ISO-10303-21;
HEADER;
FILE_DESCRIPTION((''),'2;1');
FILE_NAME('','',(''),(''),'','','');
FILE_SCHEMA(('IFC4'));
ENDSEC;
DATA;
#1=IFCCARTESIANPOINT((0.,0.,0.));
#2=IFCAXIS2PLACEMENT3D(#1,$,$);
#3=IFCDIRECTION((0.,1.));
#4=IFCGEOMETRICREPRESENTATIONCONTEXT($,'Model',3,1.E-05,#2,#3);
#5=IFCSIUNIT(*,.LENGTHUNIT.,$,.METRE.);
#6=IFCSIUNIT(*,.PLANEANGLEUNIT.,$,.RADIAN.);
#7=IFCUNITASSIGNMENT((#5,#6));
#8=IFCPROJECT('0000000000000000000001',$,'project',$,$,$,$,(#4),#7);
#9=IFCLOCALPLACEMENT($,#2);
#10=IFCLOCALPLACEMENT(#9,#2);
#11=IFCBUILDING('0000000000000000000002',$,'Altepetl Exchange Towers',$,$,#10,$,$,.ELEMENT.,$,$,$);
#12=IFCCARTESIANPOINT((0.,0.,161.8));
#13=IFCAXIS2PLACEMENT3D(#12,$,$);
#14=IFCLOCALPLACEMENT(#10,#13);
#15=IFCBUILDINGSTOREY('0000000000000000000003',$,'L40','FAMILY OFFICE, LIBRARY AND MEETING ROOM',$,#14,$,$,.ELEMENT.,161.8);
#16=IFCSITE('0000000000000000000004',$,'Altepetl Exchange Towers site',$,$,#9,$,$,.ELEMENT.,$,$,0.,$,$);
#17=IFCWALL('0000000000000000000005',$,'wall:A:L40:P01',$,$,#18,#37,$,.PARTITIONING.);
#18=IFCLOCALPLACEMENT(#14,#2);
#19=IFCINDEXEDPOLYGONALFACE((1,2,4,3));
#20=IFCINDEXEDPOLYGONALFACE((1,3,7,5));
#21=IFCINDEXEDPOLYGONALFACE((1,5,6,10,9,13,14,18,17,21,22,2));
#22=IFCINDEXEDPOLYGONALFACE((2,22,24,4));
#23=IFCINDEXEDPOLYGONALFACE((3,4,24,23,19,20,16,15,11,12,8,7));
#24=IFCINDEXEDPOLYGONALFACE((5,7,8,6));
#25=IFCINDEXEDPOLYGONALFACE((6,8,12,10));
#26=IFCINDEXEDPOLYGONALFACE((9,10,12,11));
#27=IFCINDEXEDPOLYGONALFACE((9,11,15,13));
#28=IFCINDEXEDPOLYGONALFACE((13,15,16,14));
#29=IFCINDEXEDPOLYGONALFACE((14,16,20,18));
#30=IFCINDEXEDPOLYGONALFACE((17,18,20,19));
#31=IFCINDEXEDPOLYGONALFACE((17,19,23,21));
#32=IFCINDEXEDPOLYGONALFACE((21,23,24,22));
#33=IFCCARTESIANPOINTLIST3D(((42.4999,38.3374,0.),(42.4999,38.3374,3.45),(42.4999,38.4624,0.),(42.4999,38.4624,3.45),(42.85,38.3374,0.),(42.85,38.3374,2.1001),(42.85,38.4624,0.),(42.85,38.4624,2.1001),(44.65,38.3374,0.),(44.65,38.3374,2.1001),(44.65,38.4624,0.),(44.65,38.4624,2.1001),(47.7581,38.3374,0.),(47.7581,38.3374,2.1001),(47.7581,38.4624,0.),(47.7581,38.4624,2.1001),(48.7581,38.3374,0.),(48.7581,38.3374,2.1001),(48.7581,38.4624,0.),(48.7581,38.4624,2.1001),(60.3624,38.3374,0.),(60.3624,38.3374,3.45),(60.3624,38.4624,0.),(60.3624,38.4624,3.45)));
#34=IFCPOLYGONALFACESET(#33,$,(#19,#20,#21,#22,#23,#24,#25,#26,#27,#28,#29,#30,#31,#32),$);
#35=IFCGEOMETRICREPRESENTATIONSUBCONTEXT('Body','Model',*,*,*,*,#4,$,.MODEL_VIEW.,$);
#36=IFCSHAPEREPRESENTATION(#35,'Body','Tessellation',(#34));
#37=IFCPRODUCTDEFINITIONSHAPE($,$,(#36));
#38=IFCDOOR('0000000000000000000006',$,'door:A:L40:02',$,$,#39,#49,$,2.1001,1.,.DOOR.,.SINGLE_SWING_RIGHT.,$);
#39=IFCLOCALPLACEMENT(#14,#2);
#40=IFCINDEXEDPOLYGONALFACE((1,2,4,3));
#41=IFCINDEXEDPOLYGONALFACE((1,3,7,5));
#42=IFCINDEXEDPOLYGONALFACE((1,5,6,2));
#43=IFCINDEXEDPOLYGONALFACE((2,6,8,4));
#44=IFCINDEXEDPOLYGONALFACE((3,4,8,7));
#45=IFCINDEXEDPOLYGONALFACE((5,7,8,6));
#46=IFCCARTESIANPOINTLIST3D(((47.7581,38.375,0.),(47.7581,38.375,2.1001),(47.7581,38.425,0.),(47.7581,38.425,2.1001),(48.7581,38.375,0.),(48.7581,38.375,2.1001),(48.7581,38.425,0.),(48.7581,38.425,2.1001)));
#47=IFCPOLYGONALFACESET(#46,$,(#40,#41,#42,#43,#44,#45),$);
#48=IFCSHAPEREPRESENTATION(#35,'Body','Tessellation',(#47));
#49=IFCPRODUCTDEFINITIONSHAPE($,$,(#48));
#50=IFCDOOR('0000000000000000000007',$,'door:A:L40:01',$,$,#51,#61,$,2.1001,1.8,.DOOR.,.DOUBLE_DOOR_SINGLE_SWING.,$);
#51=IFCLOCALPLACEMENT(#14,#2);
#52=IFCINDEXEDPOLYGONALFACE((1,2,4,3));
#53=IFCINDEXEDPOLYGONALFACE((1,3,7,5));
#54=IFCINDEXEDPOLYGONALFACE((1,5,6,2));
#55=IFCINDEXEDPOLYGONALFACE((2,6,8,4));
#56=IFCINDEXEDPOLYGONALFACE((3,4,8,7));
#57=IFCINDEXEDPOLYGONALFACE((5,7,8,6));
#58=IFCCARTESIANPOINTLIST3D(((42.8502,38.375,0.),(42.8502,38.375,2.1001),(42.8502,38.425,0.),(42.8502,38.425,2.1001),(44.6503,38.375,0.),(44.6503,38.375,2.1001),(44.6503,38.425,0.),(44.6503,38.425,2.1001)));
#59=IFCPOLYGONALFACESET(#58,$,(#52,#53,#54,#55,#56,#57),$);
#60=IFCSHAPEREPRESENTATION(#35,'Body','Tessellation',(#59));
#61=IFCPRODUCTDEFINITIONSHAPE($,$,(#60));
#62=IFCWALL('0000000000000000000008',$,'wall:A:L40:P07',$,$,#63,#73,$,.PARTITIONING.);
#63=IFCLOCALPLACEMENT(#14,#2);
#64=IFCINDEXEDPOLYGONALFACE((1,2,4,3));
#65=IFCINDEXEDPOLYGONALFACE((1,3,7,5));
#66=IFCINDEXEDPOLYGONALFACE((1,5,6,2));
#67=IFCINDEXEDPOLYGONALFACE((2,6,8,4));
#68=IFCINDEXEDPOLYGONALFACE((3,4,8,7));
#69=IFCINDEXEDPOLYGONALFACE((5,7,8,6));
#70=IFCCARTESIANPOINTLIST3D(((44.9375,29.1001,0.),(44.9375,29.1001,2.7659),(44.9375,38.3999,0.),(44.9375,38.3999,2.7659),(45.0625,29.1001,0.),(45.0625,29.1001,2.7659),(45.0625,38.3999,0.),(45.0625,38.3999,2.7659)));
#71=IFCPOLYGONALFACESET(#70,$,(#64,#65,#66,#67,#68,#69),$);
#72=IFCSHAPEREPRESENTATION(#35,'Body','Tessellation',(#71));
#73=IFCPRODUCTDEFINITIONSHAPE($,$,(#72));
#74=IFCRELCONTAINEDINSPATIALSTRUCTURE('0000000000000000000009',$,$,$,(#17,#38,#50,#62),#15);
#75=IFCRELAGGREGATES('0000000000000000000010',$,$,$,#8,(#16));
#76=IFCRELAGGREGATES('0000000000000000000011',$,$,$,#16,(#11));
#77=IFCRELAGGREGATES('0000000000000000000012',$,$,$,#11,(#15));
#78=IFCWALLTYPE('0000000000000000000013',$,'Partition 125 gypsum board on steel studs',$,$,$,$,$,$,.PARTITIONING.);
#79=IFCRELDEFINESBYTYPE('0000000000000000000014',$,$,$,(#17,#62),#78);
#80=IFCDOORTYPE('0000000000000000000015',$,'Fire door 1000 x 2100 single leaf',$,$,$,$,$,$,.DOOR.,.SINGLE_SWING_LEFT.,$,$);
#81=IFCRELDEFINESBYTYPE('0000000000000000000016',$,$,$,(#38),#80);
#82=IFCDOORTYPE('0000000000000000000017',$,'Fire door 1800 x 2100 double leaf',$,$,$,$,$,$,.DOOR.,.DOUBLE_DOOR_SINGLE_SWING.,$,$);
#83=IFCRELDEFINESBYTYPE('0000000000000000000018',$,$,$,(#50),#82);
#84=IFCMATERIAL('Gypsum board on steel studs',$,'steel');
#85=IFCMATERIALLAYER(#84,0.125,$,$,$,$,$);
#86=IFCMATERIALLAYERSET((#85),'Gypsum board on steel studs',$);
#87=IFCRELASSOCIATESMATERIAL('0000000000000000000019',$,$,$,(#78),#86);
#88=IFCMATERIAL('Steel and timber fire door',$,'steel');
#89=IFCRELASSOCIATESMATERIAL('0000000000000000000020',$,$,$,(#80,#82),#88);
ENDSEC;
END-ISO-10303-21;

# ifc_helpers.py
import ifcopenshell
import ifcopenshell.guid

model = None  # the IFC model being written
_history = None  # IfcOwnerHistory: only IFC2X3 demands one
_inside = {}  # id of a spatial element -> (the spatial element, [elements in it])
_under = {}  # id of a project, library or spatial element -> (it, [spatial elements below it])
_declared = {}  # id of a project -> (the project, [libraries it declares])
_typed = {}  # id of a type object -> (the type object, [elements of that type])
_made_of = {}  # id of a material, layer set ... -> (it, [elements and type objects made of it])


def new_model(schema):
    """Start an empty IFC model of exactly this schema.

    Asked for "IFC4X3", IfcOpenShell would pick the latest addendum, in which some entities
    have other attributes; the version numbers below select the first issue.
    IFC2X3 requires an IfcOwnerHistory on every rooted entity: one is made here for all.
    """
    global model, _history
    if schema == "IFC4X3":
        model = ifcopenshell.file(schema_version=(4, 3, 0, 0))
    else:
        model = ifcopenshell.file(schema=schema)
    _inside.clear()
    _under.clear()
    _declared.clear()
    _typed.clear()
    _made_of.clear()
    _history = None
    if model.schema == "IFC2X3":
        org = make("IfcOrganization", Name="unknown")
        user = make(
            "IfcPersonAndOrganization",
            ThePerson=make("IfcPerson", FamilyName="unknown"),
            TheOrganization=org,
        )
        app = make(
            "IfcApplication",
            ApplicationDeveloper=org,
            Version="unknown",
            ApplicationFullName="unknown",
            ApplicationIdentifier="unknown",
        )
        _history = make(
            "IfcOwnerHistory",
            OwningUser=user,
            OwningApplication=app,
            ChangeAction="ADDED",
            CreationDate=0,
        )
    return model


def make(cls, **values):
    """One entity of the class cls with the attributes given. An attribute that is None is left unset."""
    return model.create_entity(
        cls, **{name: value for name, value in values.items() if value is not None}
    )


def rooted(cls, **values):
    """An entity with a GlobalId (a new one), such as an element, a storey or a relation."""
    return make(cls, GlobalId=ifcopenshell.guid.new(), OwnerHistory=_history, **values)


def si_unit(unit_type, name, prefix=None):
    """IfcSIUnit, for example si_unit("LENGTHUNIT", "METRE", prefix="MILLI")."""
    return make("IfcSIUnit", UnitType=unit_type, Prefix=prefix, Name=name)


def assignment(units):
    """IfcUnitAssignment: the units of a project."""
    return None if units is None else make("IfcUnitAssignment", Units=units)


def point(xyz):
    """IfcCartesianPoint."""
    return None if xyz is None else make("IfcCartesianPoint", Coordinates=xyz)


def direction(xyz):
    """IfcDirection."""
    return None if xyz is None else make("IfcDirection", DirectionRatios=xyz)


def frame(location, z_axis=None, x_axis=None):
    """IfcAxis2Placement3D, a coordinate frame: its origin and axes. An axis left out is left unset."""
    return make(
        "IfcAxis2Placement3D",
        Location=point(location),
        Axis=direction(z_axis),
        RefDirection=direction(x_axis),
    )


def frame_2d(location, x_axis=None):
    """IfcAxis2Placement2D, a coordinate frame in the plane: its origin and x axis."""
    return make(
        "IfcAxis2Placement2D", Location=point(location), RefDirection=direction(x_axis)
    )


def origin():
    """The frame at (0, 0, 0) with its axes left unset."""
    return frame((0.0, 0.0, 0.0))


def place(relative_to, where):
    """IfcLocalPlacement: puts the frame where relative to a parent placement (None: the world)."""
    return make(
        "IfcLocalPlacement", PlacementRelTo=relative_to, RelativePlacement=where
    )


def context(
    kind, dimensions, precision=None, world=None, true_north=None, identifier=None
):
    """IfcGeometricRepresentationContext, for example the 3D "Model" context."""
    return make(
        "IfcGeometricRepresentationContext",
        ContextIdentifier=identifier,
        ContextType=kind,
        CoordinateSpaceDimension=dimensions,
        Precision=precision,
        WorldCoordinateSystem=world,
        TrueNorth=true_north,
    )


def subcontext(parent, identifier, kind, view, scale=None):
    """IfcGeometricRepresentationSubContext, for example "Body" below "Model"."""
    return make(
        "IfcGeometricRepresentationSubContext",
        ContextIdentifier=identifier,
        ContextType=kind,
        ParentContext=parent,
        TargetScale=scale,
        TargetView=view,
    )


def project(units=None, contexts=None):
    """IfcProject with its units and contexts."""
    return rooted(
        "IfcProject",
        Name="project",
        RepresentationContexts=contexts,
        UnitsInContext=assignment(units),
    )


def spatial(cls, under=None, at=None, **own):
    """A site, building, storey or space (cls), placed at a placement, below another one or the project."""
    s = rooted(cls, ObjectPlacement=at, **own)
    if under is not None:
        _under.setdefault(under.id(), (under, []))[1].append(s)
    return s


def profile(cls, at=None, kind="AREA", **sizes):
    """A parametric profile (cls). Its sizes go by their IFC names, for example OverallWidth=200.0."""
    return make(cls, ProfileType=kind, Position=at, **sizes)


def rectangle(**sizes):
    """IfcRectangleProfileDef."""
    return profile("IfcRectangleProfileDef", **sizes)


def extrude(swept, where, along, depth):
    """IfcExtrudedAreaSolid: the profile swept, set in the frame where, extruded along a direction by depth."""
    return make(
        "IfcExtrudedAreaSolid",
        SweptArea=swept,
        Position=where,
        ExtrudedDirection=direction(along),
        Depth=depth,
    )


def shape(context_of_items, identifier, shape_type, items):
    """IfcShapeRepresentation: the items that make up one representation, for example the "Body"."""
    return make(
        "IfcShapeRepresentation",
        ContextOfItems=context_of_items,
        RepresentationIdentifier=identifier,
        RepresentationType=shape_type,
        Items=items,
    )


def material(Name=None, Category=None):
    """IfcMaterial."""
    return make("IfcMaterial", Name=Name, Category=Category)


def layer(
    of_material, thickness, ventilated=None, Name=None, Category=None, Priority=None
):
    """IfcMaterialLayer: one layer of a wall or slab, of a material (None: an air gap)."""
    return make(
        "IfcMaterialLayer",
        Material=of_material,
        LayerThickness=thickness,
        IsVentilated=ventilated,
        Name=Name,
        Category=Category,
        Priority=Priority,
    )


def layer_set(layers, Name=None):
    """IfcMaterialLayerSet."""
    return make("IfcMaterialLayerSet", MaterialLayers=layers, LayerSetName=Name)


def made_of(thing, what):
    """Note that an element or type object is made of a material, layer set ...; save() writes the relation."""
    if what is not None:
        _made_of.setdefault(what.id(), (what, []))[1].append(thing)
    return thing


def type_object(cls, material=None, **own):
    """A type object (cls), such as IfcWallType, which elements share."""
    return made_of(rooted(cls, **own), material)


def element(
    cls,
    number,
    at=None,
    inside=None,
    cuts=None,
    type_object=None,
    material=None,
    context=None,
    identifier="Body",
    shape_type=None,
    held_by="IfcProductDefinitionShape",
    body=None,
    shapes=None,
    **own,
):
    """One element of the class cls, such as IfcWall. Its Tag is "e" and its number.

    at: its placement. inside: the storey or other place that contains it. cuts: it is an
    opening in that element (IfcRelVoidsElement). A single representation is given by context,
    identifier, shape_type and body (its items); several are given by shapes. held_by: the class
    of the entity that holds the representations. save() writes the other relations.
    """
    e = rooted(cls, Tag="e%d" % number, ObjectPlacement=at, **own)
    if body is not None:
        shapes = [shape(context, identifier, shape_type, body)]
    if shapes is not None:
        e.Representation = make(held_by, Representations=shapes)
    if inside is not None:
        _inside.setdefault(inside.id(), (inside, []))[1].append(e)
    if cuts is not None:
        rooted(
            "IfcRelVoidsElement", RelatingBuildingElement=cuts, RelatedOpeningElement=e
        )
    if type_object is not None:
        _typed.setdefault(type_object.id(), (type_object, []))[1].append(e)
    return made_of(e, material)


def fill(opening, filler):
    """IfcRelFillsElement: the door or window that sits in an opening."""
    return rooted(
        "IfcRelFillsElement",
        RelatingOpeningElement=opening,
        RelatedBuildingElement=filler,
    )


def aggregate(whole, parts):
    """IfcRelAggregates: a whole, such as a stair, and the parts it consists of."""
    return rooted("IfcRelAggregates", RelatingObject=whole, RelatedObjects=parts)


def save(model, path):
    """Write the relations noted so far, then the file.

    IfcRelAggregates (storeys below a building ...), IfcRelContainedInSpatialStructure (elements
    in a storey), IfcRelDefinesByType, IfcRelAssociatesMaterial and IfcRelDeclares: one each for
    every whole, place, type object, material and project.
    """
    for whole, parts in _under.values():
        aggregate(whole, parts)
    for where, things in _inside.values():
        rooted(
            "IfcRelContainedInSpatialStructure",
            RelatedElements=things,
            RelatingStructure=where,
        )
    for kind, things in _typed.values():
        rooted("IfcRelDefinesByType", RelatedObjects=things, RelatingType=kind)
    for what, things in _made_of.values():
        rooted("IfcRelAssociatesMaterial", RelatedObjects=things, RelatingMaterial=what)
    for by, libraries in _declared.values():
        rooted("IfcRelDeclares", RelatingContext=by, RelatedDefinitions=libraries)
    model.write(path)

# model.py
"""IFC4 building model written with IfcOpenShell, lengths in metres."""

from ifc_helpers import new_model, si_unit, direction, frame, frame_2d, origin, place, context, subcontext, project, spatial, rectangle, extrude, material, layer, layer_set, type_object, element, fill, save


model = new_model("IFC4")

# Units and contexts
model_context = context("Model", 3, precision=1e-05, world=origin(), true_north=direction((0.0, 1.0)))
body_context = subcontext(model_context, "Body", "Model", "MODEL_VIEW")
ifc_project = project(units=[si_unit("LENGTHUNIT", "METRE"), si_unit("PLANEANGLEUNIT", "RADIAN")], contexts=[model_context])

# Site, building, storey
site_placement = place(None, origin())
site = spatial("IfcSite", under=ifc_project, at=site_placement, Name="Altepetl Exchange Towers site", CompositionType="ELEMENT", RefElevation=0.0)
building_placement = place(site_placement, origin())
building = spatial("IfcBuilding", under=site, at=building_placement, Name="Altepetl Exchange Towers", CompositionType="ELEMENT")
storey_placement = place(building_placement, frame((0.0, 0.0, 161.8)))
storey = spatial("IfcBuildingStorey", under=building, at=storey_placement, Name="L40", Description="FAMILY OFFICE, LIBRARY AND MEETING ROOM", CompositionType="ELEMENT", Elevation=161.8)

# Wall, openings, doors
ifc_material_1 = material(Name="Gypsum board on steel studs", Category="steel")
ifc_layer_1 = layer(ifc_material_1, 0.125)
ifc_layer_set_1 = layer_set([ifc_layer_1], Name="Gypsum board on steel studs")
wall_type_1 = type_object("IfcWallType", Name="Partition 125 gypsum board on steel studs", PredefinedType="PARTITIONING", material=ifc_layer_set_1)
wall_1_placement = place(storey_placement, frame((42.5, 38.3999, 0.0)))
wall_1 = element("IfcWall", 1, at=wall_1_placement, inside=storey, type_object=wall_type_1, Name="wall:A:L40:P01", PredefinedType="PARTITIONING", context=body_context, shape_type="SweptSolid", body=[
    extrude(rectangle(XDim=17.8625, YDim=0.125, at=frame_2d((8.9312, 0.0))), origin(), (0.0, 0.0, 1.0), 3.45),
])
opening_1_placement = place(wall_1_placement, frame((0.3501, 0.0, 0.0)))
opening_1 = element("IfcOpeningElement", 2, at=opening_1_placement, cuts=wall_1, PredefinedType="OPENING", context=body_context, shape_type="SweptSolid", body=[
    extrude(rectangle(XDim=1.8, YDim=2.1001, at=frame_2d((0.8999, 1.05))), frame((0.0, 0.0725, 0.0), z_axis=(0.0, -1.0, 0.0), x_axis=(1.0, 0.0, 0.0)), (0.0, 0.0, 1.0), 0.145),
])
opening_2_placement = place(wall_1_placement, frame((5.2581, 0.0, 0.0)))
opening_2 = element("IfcOpeningElement", 3, at=opening_2_placement, cuts=wall_1, PredefinedType="OPENING", context=body_context, shape_type="SweptSolid", body=[
    extrude(rectangle(XDim=1.0, YDim=2.1001, at=frame_2d((0.5, 1.05))), frame((0.0, 0.0725, 0.0), z_axis=(0.0, -1.0, 0.0), x_axis=(1.0, 0.0, 0.0)), (0.0, 0.0, 1.0), 0.145),
])
ifc_material_2 = material(Name="Steel and timber fire door", Category="steel")
door_type_1 = type_object("IfcDoorType", Name="Fire door 1000 x 2100 single leaf", OperationType="SINGLE_SWING_LEFT", PredefinedType="DOOR", material=ifc_material_2)
door_1_placement = place(opening_2_placement, frame((1.0, 0.0, 0.0), x_axis=(-1.0, 0.0, 0.0)))
door_1 = element("IfcDoor", 4, at=door_1_placement, inside=storey, type_object=door_type_1, Name="door:A:L40:02", OperationType="SINGLE_SWING_RIGHT", OverallHeight=2.1001, OverallWidth=1.0, PredefinedType="DOOR", context=body_context, shape_type="SweptSolid", body=[
    extrude(rectangle(XDim=1.0, YDim=2.1001, at=frame_2d((0.5, 1.05))), frame((0.0, 0.0249, 0.0), z_axis=(0.0, -1.0, 0.0), x_axis=(1.0, 0.0, 0.0)), (0.0, 0.0, 1.0), 0.05),
])
fill(opening_2, door_1)
door_type_2 = type_object("IfcDoorType", Name="Fire door 1800 x 2100 double leaf", OperationType="DOUBLE_DOOR_SINGLE_SWING", PredefinedType="DOOR", material=ifc_material_2)
door_2_placement = place(opening_1_placement, frame((1.8, 0.0, 0.0), x_axis=(-1.0, 0.0, 0.0)))
door_2 = element("IfcDoor", 5, at=door_2_placement, inside=storey, type_object=door_type_2, Name="door:A:L40:01", OperationType="DOUBLE_DOOR_SINGLE_SWING", OverallHeight=2.1001, OverallWidth=1.8, PredefinedType="DOOR", context=body_context, shape_type="SweptSolid", body=[
    extrude(rectangle(XDim=1.8, YDim=2.1001, at=frame_2d((0.8999, 1.05))), frame((0.0, 0.0249, 0.0), z_axis=(0.0, -1.0, 0.0), x_axis=(1.0, 0.0, 0.0)), (0.0, 0.0, 1.0), 0.05),
])
fill(opening_1, door_2)

# Wall
wall_2_placement = place(storey_placement, frame((45.0, 29.1001, 0.0), z_axis=(0.0, 0.0, 1.0), x_axis=(0.0, 1.0, 0.0)))
element("IfcWall", 6, at=wall_2_placement, inside=storey, type_object=wall_type_1, Name="wall:A:L40:P07", PredefinedType="PARTITIONING", context=body_context, shape_type="SweptSolid", body=[
    extrude(rectangle(XDim=9.2998, YDim=0.125, at=frame_2d((4.6499, 0.0))), origin(), (0.0, 0.0, 1.0), 2.7659),
])

save(model, "model.ifc")
